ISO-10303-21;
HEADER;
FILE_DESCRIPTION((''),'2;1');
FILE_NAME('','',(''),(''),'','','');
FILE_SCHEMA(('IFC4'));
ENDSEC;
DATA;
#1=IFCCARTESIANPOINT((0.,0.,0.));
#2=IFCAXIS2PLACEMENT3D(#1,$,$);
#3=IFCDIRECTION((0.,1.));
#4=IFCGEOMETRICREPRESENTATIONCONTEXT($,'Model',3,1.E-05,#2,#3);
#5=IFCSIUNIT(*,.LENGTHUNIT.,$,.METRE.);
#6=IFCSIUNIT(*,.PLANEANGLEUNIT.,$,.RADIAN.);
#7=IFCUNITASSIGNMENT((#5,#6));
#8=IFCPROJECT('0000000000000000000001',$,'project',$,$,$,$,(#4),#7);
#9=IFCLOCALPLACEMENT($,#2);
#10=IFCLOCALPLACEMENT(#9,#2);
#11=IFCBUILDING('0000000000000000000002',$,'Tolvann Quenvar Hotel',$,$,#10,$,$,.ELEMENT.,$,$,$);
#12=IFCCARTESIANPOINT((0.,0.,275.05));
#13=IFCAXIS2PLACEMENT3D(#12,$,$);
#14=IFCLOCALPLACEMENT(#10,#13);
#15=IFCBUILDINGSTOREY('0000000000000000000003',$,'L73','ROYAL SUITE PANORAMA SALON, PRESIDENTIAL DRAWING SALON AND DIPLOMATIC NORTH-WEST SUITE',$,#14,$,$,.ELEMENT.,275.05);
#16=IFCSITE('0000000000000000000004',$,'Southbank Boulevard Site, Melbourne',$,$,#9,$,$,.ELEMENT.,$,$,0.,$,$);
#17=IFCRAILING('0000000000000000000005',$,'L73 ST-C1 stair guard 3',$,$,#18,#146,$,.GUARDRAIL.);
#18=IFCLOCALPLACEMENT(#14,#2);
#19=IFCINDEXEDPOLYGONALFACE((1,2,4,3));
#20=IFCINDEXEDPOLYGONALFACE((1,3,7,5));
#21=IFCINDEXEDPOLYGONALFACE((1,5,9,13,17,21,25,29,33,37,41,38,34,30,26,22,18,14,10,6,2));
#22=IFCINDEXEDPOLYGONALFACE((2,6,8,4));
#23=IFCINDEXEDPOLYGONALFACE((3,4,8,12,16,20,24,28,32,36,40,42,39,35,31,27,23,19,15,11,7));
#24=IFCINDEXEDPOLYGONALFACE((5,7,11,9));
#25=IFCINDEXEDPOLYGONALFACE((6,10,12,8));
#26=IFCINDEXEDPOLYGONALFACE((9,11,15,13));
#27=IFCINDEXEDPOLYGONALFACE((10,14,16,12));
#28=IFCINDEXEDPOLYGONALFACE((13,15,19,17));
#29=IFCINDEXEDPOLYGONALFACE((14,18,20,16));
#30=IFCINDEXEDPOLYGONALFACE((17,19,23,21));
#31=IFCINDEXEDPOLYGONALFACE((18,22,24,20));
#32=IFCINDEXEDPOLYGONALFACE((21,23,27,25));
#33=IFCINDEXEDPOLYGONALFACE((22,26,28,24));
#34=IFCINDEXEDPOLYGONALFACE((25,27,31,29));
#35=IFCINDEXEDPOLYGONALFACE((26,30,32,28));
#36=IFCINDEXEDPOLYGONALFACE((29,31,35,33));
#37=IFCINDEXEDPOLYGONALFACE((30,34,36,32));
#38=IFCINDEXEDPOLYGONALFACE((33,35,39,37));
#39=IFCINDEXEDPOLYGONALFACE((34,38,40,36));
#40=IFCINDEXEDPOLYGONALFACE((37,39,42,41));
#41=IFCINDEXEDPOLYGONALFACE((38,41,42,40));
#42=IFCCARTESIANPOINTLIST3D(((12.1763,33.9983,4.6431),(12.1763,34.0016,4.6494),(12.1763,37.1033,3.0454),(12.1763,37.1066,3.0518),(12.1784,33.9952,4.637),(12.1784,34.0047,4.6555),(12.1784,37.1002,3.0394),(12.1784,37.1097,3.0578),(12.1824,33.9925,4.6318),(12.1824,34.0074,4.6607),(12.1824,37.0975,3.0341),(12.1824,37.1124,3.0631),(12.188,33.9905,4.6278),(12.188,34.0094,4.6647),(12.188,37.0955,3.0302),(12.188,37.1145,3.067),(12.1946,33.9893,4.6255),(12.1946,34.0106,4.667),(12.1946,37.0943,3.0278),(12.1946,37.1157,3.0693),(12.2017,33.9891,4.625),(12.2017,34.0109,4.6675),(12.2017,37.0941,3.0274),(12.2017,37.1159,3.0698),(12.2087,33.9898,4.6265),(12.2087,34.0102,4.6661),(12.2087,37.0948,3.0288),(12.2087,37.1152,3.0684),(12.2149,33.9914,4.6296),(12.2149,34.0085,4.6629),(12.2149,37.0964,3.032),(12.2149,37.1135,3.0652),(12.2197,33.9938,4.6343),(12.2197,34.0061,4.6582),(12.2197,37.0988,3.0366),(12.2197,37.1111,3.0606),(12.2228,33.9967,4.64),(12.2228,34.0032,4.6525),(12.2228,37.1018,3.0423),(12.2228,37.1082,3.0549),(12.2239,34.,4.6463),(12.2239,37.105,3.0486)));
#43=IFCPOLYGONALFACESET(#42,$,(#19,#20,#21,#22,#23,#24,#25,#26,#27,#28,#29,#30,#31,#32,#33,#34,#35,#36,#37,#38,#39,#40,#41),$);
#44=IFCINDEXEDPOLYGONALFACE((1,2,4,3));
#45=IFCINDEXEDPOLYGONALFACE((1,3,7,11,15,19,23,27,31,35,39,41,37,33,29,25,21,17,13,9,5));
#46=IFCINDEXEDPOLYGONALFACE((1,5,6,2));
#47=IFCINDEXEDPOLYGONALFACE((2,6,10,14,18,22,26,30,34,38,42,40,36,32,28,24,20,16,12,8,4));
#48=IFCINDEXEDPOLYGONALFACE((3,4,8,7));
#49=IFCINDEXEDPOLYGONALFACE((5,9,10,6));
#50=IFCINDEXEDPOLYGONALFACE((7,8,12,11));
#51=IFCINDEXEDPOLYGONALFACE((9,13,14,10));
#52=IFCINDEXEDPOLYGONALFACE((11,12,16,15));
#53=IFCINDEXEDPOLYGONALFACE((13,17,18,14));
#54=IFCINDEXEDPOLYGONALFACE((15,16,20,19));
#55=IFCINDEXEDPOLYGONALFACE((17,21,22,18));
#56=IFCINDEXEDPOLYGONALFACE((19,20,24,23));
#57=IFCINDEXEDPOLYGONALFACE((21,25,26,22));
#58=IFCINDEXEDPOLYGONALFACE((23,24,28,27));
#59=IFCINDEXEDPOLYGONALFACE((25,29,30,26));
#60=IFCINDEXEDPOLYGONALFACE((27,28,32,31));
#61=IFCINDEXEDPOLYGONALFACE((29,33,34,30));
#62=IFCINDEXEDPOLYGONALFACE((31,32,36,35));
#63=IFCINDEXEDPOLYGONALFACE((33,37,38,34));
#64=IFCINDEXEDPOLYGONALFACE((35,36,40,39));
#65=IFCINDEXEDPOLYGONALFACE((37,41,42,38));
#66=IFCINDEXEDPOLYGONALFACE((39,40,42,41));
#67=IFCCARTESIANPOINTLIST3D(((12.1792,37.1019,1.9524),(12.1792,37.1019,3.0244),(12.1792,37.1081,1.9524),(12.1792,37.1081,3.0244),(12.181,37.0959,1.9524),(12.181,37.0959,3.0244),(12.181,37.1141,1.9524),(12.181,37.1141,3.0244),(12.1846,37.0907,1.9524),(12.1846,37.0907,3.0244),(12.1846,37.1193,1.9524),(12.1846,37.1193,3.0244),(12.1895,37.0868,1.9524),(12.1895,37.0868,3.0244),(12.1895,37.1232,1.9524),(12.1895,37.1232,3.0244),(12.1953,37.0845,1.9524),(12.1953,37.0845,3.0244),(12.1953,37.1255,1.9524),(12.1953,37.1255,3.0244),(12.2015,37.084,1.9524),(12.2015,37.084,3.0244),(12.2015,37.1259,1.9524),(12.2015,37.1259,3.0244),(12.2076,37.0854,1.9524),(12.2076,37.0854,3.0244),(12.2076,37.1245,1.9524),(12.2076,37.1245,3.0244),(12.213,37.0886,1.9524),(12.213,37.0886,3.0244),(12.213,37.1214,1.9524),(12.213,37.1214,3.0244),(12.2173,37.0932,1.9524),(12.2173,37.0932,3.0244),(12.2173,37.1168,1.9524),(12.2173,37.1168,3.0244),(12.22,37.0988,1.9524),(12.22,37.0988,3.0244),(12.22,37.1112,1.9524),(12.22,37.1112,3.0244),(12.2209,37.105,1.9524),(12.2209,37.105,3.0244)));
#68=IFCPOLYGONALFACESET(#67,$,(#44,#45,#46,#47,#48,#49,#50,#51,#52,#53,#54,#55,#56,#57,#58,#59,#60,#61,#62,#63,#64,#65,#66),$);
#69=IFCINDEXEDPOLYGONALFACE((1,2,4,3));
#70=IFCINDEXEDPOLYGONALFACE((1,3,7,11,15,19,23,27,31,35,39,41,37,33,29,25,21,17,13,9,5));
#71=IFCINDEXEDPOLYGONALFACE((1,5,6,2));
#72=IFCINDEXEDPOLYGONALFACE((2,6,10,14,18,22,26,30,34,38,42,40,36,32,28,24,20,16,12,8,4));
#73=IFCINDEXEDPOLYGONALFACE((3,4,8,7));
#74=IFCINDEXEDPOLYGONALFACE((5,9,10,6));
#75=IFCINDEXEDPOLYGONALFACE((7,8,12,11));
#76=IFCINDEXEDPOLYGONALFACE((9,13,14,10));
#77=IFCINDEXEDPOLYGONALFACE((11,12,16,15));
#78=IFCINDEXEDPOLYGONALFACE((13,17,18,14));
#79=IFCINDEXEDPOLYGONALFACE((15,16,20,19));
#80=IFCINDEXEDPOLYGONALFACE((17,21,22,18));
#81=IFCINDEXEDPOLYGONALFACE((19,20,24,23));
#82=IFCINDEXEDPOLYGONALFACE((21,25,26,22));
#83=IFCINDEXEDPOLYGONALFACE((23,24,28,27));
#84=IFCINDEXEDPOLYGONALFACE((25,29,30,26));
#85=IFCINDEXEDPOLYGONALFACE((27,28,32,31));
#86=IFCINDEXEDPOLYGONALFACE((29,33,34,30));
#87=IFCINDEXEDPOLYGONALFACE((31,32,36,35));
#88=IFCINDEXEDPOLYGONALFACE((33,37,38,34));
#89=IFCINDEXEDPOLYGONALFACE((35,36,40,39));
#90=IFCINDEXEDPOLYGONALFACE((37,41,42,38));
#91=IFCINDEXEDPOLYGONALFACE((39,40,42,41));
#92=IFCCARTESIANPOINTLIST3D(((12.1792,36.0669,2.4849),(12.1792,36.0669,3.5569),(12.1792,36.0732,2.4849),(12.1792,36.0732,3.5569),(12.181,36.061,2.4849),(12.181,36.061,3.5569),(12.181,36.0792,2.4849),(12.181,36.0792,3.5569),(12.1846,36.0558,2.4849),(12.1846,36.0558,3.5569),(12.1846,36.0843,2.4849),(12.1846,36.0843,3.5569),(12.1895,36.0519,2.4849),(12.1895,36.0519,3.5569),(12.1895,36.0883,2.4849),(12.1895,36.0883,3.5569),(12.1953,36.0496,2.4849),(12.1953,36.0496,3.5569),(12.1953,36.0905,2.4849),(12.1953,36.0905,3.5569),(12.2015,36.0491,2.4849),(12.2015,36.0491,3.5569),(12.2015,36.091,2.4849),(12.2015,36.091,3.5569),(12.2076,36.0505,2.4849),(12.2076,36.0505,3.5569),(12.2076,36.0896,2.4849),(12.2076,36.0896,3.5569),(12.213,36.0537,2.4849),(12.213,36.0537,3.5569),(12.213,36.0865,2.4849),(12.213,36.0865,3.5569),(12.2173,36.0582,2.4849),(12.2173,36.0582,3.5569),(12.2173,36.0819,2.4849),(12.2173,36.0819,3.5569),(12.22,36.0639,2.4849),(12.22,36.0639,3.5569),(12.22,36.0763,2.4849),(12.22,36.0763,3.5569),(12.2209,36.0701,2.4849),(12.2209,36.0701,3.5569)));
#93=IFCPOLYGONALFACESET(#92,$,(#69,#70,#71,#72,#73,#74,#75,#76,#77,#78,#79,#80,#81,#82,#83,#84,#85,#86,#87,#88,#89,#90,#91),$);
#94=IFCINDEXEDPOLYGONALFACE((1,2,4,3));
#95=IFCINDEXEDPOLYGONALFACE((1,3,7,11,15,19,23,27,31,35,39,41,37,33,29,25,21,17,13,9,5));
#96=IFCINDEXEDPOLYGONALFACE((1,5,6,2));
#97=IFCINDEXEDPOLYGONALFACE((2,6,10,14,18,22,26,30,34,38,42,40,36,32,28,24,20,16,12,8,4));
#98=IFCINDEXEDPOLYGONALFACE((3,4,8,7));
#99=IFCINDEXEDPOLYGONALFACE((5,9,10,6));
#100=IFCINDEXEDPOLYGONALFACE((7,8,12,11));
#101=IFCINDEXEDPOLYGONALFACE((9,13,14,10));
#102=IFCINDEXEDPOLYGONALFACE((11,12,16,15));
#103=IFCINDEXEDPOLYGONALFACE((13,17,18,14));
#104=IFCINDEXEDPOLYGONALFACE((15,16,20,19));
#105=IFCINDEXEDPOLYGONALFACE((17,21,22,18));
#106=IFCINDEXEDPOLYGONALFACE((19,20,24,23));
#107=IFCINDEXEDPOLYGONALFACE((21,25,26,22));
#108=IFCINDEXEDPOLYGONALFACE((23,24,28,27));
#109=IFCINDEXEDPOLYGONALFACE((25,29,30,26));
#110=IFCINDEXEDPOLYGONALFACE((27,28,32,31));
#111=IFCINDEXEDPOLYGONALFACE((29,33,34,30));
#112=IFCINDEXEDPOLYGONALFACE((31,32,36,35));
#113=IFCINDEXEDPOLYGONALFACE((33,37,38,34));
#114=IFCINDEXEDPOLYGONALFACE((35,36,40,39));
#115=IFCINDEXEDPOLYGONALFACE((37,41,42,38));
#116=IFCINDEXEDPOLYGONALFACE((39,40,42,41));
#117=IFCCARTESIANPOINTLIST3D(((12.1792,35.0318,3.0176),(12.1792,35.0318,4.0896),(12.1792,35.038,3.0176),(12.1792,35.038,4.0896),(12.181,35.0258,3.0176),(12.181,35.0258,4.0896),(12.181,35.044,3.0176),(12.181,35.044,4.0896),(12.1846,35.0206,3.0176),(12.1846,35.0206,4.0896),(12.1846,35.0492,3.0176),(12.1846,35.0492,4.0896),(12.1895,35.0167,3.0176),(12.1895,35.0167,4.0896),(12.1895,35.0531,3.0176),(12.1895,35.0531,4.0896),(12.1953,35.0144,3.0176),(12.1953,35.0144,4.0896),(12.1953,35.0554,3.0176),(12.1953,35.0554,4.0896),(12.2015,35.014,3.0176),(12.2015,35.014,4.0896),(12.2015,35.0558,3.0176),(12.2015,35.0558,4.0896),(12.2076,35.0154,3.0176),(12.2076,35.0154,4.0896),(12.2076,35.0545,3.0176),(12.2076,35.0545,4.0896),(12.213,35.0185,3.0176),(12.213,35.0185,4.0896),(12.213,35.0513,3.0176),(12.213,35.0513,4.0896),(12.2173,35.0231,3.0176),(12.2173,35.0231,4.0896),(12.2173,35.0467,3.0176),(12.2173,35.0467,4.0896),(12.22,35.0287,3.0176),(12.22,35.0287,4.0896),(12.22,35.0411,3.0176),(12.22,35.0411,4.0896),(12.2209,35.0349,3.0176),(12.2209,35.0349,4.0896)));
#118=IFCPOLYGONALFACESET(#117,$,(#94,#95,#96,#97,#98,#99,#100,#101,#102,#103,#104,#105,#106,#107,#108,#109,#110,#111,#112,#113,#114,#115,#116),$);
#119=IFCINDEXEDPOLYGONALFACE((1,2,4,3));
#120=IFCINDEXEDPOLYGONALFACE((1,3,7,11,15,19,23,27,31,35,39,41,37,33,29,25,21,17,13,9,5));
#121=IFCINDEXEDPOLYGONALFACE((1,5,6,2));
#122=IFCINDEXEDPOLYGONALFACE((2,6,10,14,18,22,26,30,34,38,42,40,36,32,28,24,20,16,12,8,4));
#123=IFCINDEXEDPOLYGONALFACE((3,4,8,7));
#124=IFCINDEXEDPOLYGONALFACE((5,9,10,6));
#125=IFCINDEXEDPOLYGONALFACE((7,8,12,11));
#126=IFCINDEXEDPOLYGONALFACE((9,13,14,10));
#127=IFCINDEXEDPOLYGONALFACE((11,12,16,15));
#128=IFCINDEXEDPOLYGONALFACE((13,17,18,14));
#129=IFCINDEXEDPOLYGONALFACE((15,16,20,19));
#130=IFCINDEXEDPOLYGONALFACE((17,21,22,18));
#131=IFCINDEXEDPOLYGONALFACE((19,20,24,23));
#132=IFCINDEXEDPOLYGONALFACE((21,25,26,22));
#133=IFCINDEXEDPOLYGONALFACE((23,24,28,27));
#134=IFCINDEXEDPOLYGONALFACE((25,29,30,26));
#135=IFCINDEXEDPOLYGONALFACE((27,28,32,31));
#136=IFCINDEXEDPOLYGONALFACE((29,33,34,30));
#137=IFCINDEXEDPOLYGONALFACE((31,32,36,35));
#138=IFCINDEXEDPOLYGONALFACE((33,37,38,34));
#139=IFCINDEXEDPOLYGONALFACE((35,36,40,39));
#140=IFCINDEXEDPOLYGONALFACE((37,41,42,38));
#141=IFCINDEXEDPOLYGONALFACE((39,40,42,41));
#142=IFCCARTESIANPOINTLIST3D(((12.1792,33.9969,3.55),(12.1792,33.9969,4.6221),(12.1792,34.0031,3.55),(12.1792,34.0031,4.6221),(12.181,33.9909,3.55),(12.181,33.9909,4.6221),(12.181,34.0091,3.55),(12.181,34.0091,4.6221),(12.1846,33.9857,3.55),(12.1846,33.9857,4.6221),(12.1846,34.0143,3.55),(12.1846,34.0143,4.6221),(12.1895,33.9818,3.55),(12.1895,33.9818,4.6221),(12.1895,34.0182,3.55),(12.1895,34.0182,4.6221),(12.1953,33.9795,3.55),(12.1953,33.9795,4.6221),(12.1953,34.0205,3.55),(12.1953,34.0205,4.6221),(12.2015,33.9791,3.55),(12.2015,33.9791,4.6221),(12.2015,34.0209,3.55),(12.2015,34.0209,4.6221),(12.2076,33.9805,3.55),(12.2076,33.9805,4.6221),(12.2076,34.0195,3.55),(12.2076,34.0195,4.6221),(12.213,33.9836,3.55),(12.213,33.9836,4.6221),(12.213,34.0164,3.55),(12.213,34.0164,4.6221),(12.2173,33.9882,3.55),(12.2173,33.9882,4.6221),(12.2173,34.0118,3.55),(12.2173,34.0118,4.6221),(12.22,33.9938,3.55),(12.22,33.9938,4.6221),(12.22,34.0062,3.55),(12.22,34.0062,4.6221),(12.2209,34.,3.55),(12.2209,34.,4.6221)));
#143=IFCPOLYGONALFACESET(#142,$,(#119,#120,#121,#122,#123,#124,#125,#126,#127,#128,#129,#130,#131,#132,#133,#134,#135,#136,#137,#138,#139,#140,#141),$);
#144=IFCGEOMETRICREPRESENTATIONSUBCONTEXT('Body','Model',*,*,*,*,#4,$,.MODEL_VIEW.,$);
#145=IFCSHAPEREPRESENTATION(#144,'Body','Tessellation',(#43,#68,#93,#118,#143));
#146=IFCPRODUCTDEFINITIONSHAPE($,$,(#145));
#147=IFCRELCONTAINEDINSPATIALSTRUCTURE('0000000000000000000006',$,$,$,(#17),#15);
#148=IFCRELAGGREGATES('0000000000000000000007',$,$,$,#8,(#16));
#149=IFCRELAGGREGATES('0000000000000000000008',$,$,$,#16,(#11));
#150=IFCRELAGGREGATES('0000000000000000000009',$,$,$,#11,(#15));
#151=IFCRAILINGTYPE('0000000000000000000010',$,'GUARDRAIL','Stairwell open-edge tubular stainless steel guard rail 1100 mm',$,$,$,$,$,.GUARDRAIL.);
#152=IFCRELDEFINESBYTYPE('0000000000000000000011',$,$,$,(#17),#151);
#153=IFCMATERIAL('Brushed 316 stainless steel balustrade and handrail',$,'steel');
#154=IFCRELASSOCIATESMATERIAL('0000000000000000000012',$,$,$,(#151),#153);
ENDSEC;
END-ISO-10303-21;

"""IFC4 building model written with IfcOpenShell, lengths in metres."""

from ifc_helpers import new_model, si_unit, direction, frame, origin, origin_2d, place, context, subcontext, project, spatial, circle, extrude, material, type_object, element, save


model = new_model("IFC4")

# Units and contexts
model_context = context("Model", 3, precision=1e-05, world=origin(), true_north=direction((0.0, 1.0)))
body_context = subcontext(model_context, "Body", "Model", "MODEL_VIEW")
ifc_project = project(units=[si_unit("LENGTHUNIT", "METRE"), si_unit("PLANEANGLEUNIT", "RADIAN")], contexts=[model_context])

# Site, building, storey
site_placement = place(None, origin())
site = spatial("IfcSite", under=ifc_project, at=site_placement, Name="Southbank Boulevard Site, Melbourne", CompositionType="ELEMENT", RefElevation=0.0)
building_placement = place(site_placement, origin())
building = spatial("IfcBuilding", under=site, at=building_placement, Name="Tolvann Quenvar Hotel", CompositionType="ELEMENT")
storey_placement = place(building_placement, frame((0.0, 0.0, 275.05)))
storey = spatial("IfcBuildingStorey", under=building, at=storey_placement, Name="L73", Description="ROYAL SUITE PANORAMA SALON, PRESIDENTIAL DRAWING SALON AND DIPLOMATIC NORTH-WEST SUITE", CompositionType="ELEMENT", Elevation=275.05)

# Railing
ifc_material_1 = material(Name="Brushed 316 stainless steel balustrade and handrail", Category="steel")
railing_type_1 = type_object("IfcRailingType", Name="GUARDRAIL", Description="Stairwell open-edge tubular stainless steel guard rail 1100 mm", PredefinedType="GUARDRAIL", material=ifc_material_1)
railing_1_placement = place(storey_placement, frame((12.2, 37.105, 1.9524)))
element("IfcRailing", 1, at=railing_1_placement, inside=storey, type_object=railing_type_1, Name="L73 ST-C1 stair guard 3", PredefinedType="GUARDRAIL", context=body_context, shape_type="SweptSolid", body=[
    extrude(circle(Radius=0.0239, at=origin_2d()), frame((0.0, 0.0, 1.0962), z_axis=(0.0, -0.889194, 0.457531), x_axis=(1.0, 0.0, 0.0)), (0.0, 0.0, 1.0), 3.4919),
    extrude(circle(Radius=0.021, at=origin_2d()), origin(), (0.0, 0.0, 1.0), 1.072),
    extrude(circle(Radius=0.021, at=origin_2d()), frame((0.0, -1.0349, 0.5325)), (0.0, 0.0, 1.0), 1.072),
    extrude(circle(Radius=0.021, at=origin_2d()), frame((0.0, -2.0701, 1.0652)), (0.0, 0.0, 1.0), 1.072),
    extrude(circle(Radius=0.021, at=origin_2d()), frame((0.0, -3.105, 1.5977)), (0.0, 0.0, 1.0), 1.072),
])

save(model, "model.ifc")
